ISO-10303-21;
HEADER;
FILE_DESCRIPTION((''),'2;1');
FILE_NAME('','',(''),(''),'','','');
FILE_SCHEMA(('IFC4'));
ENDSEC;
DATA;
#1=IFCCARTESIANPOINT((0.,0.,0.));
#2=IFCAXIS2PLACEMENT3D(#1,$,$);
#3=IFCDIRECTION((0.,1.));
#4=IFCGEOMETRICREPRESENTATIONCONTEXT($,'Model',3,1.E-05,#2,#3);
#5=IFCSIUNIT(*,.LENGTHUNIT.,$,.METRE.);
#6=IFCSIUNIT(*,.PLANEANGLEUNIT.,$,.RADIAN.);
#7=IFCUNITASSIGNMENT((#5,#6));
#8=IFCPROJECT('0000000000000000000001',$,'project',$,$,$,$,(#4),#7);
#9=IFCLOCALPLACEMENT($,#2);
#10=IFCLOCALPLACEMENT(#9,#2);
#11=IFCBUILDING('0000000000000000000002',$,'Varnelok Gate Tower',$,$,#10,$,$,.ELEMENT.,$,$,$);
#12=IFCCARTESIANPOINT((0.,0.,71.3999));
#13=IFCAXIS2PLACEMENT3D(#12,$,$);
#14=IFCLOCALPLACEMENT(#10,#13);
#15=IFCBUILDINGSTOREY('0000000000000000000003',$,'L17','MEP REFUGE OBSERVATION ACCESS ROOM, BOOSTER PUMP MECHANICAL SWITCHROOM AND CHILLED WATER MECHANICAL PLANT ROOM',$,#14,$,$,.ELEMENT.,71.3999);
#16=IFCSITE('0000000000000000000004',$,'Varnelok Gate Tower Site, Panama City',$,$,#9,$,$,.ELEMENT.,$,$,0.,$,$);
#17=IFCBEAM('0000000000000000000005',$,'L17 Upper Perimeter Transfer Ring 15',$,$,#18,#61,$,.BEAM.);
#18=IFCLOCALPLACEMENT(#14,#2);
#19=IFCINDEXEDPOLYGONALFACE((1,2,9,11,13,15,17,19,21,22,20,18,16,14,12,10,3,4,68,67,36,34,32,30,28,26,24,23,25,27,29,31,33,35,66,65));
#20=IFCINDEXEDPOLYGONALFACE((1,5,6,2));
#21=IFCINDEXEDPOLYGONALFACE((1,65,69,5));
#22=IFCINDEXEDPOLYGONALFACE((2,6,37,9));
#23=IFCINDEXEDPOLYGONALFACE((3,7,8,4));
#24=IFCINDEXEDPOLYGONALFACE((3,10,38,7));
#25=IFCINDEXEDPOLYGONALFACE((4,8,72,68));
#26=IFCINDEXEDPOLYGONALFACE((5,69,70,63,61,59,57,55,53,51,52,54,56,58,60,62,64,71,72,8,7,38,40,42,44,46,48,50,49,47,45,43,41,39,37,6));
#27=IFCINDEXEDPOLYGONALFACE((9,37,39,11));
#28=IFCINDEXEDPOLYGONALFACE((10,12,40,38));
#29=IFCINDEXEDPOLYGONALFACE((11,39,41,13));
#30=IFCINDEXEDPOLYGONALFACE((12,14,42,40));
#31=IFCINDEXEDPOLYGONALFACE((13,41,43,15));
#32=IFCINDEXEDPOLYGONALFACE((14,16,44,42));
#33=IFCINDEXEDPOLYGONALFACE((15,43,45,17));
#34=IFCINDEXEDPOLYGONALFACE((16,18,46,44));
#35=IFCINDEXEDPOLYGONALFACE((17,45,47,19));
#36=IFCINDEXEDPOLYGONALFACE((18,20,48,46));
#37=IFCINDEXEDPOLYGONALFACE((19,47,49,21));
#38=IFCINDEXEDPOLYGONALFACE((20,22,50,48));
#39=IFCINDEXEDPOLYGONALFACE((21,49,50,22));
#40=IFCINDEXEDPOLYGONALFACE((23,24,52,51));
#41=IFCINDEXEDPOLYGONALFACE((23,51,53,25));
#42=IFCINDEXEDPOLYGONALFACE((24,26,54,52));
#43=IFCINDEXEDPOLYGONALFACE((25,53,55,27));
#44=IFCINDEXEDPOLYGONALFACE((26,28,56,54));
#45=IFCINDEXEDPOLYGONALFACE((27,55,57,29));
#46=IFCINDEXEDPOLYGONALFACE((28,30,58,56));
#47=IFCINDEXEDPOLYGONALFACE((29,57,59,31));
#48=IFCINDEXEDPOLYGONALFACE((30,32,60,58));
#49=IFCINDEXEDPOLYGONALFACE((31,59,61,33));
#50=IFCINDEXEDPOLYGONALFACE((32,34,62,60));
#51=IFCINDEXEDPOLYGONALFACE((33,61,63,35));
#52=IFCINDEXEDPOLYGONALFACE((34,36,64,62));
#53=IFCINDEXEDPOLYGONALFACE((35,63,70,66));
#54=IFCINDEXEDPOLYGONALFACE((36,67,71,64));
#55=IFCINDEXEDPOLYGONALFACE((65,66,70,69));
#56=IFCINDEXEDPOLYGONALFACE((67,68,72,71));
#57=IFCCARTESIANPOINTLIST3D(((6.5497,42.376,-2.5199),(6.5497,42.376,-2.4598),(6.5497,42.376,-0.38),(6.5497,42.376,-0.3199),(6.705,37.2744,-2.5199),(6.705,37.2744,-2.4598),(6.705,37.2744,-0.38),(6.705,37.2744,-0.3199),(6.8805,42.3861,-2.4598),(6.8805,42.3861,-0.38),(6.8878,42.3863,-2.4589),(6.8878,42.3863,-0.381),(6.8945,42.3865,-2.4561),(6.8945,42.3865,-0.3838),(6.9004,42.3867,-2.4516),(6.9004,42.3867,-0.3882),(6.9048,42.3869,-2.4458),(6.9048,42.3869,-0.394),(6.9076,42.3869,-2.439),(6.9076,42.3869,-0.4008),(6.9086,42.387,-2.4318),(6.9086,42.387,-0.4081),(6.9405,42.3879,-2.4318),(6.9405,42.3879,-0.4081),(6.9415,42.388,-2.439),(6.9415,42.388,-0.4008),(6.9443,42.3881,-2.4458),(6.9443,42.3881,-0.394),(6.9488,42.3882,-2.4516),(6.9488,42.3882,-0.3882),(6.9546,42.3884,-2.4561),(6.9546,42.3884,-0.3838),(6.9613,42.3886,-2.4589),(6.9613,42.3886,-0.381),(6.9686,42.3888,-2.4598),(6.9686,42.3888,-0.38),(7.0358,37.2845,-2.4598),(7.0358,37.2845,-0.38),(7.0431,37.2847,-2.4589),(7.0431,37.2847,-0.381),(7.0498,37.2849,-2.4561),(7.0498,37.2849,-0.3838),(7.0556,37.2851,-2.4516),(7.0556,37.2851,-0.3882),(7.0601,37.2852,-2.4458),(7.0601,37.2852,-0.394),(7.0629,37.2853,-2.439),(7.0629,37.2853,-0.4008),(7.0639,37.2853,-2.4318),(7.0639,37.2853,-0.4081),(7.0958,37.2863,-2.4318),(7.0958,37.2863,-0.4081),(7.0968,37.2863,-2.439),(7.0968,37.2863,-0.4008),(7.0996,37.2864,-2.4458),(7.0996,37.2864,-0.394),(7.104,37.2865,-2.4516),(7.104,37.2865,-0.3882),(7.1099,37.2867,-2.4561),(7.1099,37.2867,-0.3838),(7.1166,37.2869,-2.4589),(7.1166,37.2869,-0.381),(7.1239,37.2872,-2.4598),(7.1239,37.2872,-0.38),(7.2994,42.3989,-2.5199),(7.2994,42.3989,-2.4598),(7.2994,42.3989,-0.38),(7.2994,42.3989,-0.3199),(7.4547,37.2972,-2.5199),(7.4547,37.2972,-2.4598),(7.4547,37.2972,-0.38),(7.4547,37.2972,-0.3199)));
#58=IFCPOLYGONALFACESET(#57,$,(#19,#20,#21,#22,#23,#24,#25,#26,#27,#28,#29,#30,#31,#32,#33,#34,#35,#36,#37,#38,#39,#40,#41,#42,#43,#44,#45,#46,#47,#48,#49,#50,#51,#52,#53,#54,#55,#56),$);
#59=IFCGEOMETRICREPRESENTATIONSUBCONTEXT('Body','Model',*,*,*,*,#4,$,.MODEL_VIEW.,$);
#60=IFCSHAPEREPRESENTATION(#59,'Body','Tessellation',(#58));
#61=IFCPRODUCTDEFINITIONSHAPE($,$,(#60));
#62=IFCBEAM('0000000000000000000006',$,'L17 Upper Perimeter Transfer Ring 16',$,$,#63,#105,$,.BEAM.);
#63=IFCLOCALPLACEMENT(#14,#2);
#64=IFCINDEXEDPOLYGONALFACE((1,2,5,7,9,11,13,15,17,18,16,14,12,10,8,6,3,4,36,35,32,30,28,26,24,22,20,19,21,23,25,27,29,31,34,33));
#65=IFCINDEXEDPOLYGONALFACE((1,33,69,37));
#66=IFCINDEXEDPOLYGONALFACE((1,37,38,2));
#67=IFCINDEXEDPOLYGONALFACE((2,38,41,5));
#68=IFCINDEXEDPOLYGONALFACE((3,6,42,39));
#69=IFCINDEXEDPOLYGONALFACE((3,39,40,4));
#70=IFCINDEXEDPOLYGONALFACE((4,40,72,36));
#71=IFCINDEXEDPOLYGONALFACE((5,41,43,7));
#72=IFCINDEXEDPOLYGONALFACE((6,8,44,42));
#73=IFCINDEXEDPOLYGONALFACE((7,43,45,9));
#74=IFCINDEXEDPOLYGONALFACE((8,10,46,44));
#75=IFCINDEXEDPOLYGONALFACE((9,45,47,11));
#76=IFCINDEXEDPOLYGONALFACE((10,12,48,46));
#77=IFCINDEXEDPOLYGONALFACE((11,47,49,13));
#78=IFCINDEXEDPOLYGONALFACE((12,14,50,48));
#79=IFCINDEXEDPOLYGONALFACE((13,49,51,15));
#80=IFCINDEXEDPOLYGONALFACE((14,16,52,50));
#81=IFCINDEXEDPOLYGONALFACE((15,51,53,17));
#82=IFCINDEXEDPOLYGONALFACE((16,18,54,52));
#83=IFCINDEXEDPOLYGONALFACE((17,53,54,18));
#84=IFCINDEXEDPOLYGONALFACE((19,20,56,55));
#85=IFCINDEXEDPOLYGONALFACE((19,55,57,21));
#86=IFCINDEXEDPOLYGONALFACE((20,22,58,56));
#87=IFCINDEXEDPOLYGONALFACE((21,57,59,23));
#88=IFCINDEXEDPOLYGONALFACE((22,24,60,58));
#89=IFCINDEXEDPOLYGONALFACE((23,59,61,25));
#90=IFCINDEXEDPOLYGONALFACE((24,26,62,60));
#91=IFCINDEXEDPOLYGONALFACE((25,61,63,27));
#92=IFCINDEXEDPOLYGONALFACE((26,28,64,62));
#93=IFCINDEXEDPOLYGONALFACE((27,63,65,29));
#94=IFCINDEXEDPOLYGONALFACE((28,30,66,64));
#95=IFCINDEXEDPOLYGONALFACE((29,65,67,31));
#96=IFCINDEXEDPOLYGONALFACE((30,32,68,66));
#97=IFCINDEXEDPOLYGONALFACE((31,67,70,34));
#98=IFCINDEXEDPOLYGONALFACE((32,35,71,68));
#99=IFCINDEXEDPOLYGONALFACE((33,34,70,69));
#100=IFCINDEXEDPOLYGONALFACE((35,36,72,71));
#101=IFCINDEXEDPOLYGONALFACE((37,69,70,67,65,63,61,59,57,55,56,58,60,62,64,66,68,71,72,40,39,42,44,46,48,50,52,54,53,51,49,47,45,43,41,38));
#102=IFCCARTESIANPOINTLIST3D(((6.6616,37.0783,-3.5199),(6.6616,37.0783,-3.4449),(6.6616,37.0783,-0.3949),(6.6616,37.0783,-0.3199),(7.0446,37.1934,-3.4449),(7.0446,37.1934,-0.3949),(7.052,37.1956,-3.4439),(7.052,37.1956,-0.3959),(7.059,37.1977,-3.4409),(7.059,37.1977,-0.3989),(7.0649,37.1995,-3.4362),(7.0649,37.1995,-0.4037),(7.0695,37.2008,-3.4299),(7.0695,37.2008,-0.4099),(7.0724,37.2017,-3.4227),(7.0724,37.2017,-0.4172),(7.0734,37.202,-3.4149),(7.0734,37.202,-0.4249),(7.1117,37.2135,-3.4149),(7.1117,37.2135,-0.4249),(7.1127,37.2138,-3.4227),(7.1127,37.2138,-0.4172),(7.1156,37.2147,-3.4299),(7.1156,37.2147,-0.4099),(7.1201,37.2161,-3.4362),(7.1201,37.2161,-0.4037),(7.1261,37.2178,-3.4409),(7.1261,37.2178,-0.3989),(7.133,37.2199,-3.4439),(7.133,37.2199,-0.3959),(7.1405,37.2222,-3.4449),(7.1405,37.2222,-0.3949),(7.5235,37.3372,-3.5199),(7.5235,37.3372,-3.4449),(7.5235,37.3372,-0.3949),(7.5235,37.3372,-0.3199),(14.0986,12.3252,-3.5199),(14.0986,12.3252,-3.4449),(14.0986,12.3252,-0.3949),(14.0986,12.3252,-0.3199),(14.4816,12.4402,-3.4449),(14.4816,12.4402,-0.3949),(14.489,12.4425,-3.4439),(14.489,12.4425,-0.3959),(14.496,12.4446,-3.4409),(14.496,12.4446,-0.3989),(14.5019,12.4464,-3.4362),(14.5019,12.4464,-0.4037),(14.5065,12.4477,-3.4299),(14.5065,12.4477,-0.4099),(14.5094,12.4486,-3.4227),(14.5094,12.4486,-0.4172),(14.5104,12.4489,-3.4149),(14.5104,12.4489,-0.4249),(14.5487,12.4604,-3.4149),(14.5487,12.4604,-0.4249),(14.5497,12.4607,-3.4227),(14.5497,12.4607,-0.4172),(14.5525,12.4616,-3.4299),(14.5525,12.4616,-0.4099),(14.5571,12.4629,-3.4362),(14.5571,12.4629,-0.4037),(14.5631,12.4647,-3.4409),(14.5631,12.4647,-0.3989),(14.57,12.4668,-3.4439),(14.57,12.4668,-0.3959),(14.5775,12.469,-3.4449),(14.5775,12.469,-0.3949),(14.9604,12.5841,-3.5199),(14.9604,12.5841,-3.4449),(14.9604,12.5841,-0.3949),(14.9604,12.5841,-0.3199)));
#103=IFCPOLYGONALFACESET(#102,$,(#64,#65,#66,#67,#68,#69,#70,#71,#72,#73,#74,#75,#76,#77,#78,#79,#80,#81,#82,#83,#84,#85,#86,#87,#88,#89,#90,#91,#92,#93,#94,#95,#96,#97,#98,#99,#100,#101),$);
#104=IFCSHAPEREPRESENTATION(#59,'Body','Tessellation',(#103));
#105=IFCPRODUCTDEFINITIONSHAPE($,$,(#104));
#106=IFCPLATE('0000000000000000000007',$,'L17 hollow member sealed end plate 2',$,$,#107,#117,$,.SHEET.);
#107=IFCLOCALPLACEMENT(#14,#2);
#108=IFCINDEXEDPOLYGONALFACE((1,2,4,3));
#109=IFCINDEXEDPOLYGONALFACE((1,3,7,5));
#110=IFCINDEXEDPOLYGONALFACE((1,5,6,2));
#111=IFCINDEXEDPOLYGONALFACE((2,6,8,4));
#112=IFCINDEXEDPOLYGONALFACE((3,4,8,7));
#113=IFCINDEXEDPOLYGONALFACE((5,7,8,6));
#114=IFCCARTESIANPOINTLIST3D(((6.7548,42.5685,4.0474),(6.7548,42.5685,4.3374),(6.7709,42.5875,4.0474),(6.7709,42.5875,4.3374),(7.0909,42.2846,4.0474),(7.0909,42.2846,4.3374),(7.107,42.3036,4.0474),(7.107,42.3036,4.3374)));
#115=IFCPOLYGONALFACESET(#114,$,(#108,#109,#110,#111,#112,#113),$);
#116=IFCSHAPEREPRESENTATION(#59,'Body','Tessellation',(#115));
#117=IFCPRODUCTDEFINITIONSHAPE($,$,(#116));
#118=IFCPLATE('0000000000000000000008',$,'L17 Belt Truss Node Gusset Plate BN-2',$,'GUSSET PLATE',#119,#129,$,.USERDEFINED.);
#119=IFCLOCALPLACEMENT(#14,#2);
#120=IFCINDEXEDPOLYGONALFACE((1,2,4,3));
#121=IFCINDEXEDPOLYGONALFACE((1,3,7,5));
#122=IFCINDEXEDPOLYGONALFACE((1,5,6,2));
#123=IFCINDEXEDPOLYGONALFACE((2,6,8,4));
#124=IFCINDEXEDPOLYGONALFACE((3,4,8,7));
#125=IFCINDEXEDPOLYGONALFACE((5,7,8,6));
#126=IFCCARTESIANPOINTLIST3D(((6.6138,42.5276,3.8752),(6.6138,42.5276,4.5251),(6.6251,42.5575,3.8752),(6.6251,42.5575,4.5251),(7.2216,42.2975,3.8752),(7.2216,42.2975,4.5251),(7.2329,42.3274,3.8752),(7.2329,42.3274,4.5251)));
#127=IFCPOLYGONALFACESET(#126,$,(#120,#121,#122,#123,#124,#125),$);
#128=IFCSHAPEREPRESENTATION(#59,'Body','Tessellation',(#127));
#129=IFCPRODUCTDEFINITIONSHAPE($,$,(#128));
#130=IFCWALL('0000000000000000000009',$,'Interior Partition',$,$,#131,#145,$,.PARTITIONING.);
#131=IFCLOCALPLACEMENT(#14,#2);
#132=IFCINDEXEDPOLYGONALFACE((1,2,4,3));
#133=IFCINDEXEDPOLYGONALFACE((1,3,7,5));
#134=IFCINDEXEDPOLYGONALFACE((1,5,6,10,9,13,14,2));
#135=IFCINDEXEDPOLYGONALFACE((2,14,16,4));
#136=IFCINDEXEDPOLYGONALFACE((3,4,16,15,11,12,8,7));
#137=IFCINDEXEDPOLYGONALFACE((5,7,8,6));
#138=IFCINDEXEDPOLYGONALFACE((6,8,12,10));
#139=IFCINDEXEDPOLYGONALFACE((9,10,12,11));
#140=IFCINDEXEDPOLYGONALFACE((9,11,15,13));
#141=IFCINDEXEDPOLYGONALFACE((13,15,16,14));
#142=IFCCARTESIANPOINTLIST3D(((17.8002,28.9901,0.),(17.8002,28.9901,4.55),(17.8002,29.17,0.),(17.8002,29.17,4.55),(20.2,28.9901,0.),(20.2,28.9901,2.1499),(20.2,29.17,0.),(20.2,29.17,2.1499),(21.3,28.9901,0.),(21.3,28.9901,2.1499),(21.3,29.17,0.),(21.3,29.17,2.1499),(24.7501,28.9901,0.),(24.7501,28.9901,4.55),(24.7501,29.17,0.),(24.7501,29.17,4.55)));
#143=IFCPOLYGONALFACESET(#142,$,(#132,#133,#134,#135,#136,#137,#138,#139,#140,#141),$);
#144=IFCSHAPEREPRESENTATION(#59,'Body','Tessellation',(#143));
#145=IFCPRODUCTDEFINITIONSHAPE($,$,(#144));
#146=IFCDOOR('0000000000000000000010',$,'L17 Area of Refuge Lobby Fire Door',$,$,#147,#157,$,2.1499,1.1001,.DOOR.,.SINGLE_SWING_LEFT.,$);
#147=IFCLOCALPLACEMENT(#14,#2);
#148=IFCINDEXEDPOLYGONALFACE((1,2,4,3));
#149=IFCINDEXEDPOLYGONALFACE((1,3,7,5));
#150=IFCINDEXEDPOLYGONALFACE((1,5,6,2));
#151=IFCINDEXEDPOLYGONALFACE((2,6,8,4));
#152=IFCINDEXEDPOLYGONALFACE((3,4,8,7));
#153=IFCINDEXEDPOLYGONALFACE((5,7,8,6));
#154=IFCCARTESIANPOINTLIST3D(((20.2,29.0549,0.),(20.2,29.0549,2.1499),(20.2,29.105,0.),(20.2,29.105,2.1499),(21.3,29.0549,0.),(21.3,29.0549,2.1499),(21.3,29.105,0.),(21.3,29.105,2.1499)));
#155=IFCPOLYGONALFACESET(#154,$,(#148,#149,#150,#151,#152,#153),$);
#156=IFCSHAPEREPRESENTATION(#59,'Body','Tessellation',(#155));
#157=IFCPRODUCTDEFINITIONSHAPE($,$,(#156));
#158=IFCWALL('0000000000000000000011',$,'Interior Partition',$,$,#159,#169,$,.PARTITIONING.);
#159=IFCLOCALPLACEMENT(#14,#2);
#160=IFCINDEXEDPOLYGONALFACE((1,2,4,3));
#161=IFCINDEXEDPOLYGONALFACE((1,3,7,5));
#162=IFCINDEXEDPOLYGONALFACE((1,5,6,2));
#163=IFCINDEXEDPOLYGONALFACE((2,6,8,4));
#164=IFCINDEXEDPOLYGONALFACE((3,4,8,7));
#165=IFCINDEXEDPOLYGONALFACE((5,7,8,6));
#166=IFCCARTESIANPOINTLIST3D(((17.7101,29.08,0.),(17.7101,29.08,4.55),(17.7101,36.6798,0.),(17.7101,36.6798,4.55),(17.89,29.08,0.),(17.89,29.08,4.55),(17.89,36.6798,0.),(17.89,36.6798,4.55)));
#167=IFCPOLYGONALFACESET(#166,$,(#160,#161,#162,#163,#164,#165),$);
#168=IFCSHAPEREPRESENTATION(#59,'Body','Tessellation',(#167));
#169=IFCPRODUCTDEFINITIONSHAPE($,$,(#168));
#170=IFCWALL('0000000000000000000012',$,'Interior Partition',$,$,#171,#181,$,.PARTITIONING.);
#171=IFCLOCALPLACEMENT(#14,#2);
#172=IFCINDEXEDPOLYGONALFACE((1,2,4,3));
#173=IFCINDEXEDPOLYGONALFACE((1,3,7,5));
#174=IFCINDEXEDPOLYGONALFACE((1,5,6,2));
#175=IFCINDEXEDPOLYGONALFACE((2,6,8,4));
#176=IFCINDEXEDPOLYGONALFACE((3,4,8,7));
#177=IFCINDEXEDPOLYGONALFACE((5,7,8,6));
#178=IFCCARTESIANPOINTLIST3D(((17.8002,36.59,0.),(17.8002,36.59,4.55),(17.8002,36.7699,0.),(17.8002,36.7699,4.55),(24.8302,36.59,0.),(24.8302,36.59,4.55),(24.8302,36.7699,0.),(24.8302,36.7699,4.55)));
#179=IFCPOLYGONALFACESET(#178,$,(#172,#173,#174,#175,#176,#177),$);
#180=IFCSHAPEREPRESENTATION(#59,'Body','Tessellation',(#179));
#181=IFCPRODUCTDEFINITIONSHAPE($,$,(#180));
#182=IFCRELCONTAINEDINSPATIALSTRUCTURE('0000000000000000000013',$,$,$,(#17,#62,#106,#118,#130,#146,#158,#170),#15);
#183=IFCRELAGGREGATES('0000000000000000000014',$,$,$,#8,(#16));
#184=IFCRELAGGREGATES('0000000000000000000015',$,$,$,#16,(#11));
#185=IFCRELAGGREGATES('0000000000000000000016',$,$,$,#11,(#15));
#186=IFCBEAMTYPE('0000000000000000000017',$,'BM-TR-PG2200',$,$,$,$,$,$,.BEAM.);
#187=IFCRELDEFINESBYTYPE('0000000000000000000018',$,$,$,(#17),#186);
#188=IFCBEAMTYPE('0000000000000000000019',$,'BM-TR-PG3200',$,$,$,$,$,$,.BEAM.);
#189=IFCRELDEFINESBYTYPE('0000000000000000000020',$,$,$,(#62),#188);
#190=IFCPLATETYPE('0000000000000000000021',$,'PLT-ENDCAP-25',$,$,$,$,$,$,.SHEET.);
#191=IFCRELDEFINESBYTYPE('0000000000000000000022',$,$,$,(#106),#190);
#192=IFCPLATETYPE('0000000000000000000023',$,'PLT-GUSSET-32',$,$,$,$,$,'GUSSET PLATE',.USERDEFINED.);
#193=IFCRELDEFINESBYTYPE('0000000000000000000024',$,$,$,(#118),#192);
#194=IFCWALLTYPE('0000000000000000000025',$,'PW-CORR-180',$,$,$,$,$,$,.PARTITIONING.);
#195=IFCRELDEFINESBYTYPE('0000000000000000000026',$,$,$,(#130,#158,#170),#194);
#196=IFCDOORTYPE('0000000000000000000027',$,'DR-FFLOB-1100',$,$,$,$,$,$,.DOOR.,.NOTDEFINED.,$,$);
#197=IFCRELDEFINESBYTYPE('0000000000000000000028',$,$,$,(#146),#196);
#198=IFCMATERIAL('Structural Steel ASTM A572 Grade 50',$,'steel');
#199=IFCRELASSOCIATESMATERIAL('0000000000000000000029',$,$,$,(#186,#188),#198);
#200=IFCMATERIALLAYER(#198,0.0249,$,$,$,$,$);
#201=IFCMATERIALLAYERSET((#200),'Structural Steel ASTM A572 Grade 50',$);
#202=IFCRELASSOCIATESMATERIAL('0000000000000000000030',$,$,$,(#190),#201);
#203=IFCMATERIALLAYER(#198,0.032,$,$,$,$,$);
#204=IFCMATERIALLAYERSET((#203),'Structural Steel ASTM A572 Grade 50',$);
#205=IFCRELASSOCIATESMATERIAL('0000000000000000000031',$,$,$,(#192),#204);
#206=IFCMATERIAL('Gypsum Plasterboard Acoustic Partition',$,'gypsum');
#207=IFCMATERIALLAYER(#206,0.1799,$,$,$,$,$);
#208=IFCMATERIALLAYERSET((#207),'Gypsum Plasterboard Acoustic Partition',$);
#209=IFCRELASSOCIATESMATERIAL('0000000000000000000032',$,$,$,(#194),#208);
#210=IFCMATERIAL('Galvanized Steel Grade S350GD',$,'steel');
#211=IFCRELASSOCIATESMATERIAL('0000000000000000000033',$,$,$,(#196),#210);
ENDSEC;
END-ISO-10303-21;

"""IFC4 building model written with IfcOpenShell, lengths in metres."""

from ifc_helpers import new_model, si_unit, direction, frame, frame_2d, origin, origin_2d, place, context, subcontext, project, spatial, rectangle, i_section, extrude, source, transform, mapped, material, layer, layer_set, material_profile, profile_set, type_object, element, fill, save


model = new_model("IFC4")

# Units and contexts
model_context = context("Model", 3, precision=1e-05, world=origin(), true_north=direction((0.0, 1.0)))
body_context = subcontext(model_context, "Body", "Model", "MODEL_VIEW")
ifc_project = project(units=[si_unit("LENGTHUNIT", "METRE"), si_unit("PLANEANGLEUNIT", "RADIAN")], contexts=[model_context])

# Site, building, storey
site_placement = place(None, origin())
site = spatial("IfcSite", under=ifc_project, at=site_placement, Name="Varnelok Gate Tower Site, Panama City", CompositionType="ELEMENT", RefElevation=0.0)
building_placement = place(site_placement, origin())
building = spatial("IfcBuilding", under=site, at=building_placement, Name="Varnelok Gate Tower", CompositionType="ELEMENT")
storey_placement = place(building_placement, frame((0.0, 0.0, 71.3999)))
storey = spatial("IfcBuildingStorey", under=building, at=storey_placement, Name="L17", Description="MEP REFUGE OBSERVATION ACCESS ROOM, BOOSTER PUMP MECHANICAL SWITCHROOM AND CHILLED WATER MECHANICAL PLANT ROOM", CompositionType="ELEMENT", Elevation=71.3999)

# Beams
ifc_material_1 = material(Name="Structural Steel ASTM A572 Grade 50", Category="steel")
ifc_material_profile_1 = material_profile(ifc_material_1, i_section(OverallWidth=0.75, OverallDepth=2.2, WebThickness=0.032, FlangeThickness=0.0601, FilletRadius=0.0281, at=origin_2d()), Name="PG2200X750")
ifc_profile_set_1 = profile_set([ifc_material_profile_1], Name="Structural Steel ASTM A572 Grade 50")
beam_type_1 = type_object("IfcBeamType", Name="BM-TR-PG2200", PredefinedType="BEAM", material=ifc_profile_set_1)
beam_1_placement = place(storey_placement, frame((6.9246, 42.3875, -1.4199), z_axis=(0.030422, -0.999537, 0.0), x_axis=(0.999537, 0.030422, 0.0)))
element("IfcBeam", 1, at=beam_1_placement, inside=storey, type_object=beam_type_1, Name="L17 Upper Perimeter Transfer Ring 15", PredefinedType="BEAM", context=body_context, shape_type="SweptSolid", body=[
    extrude(i_section(OverallWidth=0.75, OverallDepth=2.2, WebThickness=0.032, FlangeThickness=0.0601, FilletRadius=0.0281, at=origin_2d()), origin(), (0.0, 0.0, 1.0), 5.104),
])
ifc_material_profile_2 = material_profile(ifc_material_1, i_section(OverallWidth=0.8999, OverallDepth=3.2, WebThickness=0.04, FlangeThickness=0.075, FilletRadius=0.03, at=origin_2d()), Name="PG3200X900")
ifc_profile_set_2 = profile_set([ifc_material_profile_2], Name="Structural Steel ASTM A572 Grade 50")
beam_type_2 = type_object("IfcBeamType", Name="BM-TR-PG3200", PredefinedType="BEAM", material=ifc_profile_set_2)
beam_2_placement = place(storey_placement, frame((7.0925, 37.2078, -1.9199), z_axis=(0.28774, -0.957708, 0.0), x_axis=(0.957708, 0.28774, 0.0)))
element("IfcBeam", 2, at=beam_2_placement, inside=storey, type_object=beam_type_2, Name="L17 Upper Perimeter Transfer Ring 16", PredefinedType="BEAM", context=body_context, shape_type="SweptSolid", body=[
    extrude(i_section(OverallWidth=0.8999, OverallDepth=3.2, WebThickness=0.04, FlangeThickness=0.075, FilletRadius=0.03, at=origin_2d()), origin(), (0.0, 0.0, 1.0), 25.8462),
])

# Plates
ifc_layer_1 = layer(ifc_material_1, 0.0249)
ifc_layer_set_1 = layer_set([ifc_layer_1], Name="Structural Steel ASTM A572 Grade 50")
plate_type_1 = type_object("IfcPlateType", Name="PLT-ENDCAP-25", PredefinedType="SHEET", material=ifc_layer_set_1)
shared_shape_1 = source(origin(), body_context, "Body", "SweptSolid", [
    extrude(rectangle(XDim=0.0249, YDim=0.4399, at=origin_2d()), origin(), (0.0, 0.0, 1.0), 0.29),
])
plate_1_placement = place(storey_placement, frame((6.9309, 42.436, 4.0474), z_axis=(0.0, 0.0, 1.0), x_axis=(-0.645378, -0.763864, 0.0)))
element("IfcPlate", 3, at=plate_1_placement, inside=storey, type_object=plate_type_1, Name="L17 hollow member sealed end plate 2", PredefinedType="SHEET", context=body_context, shape_type="MappedRepresentation", body=[
    mapped(shared_shape_1, transform((0.0, 0.0, 0.0), scale=1.0)),
])
ifc_layer_2 = layer(ifc_material_1, 0.032)
ifc_layer_set_2 = layer_set([ifc_layer_2], Name="Structural Steel ASTM A572 Grade 50")
plate_type_2 = type_object("IfcPlateType", Name="PLT-GUSSET-32", ElementType="GUSSET PLATE", PredefinedType="USERDEFINED", material=ifc_layer_set_2)
shared_shape_2 = source(origin(), body_context, "Body", "SweptSolid", [
    extrude(rectangle(XDim=0.6499, YDim=0.032, at=origin_2d()), origin(), (0.0, 0.0, 1.0), 0.6499),
])
plate_2_placement = place(storey_placement, frame((6.9233, 42.4275, 3.8752), z_axis=(0.0, 0.0, 1.0), x_axis=(0.935222, -0.354063, 0.0)))
element("IfcPlate", 4, at=plate_2_placement, inside=storey, type_object=plate_type_2, Name="L17 Belt Truss Node Gusset Plate BN-2", ObjectType="GUSSET PLATE", PredefinedType="USERDEFINED", context=body_context, shape_type="MappedRepresentation", body=[
    mapped(shared_shape_2, transform((0.0, 0.0, 0.0), scale=1.0)),
])

# Wall, opening, door
ifc_material_2 = material(Name="Gypsum Plasterboard Acoustic Partition", Category="gypsum")
ifc_layer_3 = layer(ifc_material_2, 0.1799)
ifc_layer_set_3 = layer_set([ifc_layer_3], Name="Gypsum Plasterboard Acoustic Partition")
wall_type_1 = type_object("IfcWallType", Name="PW-CORR-180", PredefinedType="PARTITIONING", material=ifc_layer_set_3)
wall_1_placement = place(storey_placement, frame((17.8, 29.0801, 0.0), z_axis=(0.0, 0.0, 1.0), x_axis=(1.0, 0.0, 0.0)))
wall_1 = element("IfcWall", 5, at=wall_1_placement, inside=storey, type_object=wall_type_1, Name="Interior Partition", PredefinedType="PARTITIONING", context=body_context, shape_type="SweptSolid", body=[
    extrude(rectangle(XDim=6.95, YDim=0.1799, at=frame_2d((3.4751, 0.0))), origin(), (0.0, 0.0, 1.0), 4.55),
])
opening_1_placement = place(wall_1_placement, frame((2.3999, 0.0, 0.0)))
opening_1 = element("IfcOpeningElement", 6, at=opening_1_placement, cuts=wall_1, PredefinedType="OPENING", context=body_context, shape_type="SweptSolid", body=[
    extrude(rectangle(XDim=1.1001, YDim=2.1499, at=frame_2d((0.55, 1.075))), frame((0.0, 0.0999, 0.0), z_axis=(0.0, -1.0, 0.0), x_axis=(1.0, 0.0, 0.0)), (0.0, 0.0, 1.0), 0.2),
])
ifc_material_3 = material(Name="Galvanized Steel Grade S350GD", Category="steel")
door_type_1 = type_object("IfcDoorType", Name="DR-FFLOB-1100", OperationType="NOTDEFINED", PredefinedType="DOOR", material=ifc_material_3)
door_1_placement = place(opening_1_placement, origin())
door_1 = element("IfcDoor", 7, at=door_1_placement, inside=storey, type_object=door_type_1, Name="L17 Area of Refuge Lobby Fire Door", OperationType="SINGLE_SWING_LEFT", OverallHeight=2.1499, OverallWidth=1.1001, PredefinedType="DOOR", context=body_context, shape_type="SweptSolid", body=[
    extrude(rectangle(XDim=1.1001, YDim=2.1499, at=frame_2d((0.55, 1.075))), frame((0.0, 0.0249, 0.0), z_axis=(0.0, -1.0, 0.0), x_axis=(1.0, 0.0, 0.0)), (0.0, 0.0, 1.0), 0.05),
])
fill(opening_1, door_1)

# Walls
wall_2_placement = place(storey_placement, frame((17.8, 29.0801, 0.0), z_axis=(0.0, 0.0, 1.0), x_axis=(0.0, 1.0, 0.0)))
element("IfcWall", 8, at=wall_2_placement, inside=storey, type_object=wall_type_1, Name="Interior Partition", PredefinedType="PARTITIONING", context=body_context, shape_type="SweptSolid", body=[
    extrude(rectangle(XDim=7.5999, YDim=0.1799, at=frame_2d((3.7998, 0.0))), origin(), (0.0, 0.0, 1.0), 4.55),
])
wall_3_placement = place(storey_placement, frame((17.8, 36.6799, 0.0), z_axis=(0.0, 0.0, 1.0), x_axis=(1.0, 0.0, 0.0)))
element("IfcWall", 9, at=wall_3_placement, inside=storey, type_object=wall_type_1, Name="Interior Partition", PredefinedType="PARTITIONING", context=body_context, shape_type="SweptSolid", body=[
    extrude(rectangle(XDim=7.03, YDim=0.1799, at=frame_2d((3.5151, 0.0))), origin(), (0.0, 0.0, 1.0), 4.55),
])

save(model, "model.ifc")
